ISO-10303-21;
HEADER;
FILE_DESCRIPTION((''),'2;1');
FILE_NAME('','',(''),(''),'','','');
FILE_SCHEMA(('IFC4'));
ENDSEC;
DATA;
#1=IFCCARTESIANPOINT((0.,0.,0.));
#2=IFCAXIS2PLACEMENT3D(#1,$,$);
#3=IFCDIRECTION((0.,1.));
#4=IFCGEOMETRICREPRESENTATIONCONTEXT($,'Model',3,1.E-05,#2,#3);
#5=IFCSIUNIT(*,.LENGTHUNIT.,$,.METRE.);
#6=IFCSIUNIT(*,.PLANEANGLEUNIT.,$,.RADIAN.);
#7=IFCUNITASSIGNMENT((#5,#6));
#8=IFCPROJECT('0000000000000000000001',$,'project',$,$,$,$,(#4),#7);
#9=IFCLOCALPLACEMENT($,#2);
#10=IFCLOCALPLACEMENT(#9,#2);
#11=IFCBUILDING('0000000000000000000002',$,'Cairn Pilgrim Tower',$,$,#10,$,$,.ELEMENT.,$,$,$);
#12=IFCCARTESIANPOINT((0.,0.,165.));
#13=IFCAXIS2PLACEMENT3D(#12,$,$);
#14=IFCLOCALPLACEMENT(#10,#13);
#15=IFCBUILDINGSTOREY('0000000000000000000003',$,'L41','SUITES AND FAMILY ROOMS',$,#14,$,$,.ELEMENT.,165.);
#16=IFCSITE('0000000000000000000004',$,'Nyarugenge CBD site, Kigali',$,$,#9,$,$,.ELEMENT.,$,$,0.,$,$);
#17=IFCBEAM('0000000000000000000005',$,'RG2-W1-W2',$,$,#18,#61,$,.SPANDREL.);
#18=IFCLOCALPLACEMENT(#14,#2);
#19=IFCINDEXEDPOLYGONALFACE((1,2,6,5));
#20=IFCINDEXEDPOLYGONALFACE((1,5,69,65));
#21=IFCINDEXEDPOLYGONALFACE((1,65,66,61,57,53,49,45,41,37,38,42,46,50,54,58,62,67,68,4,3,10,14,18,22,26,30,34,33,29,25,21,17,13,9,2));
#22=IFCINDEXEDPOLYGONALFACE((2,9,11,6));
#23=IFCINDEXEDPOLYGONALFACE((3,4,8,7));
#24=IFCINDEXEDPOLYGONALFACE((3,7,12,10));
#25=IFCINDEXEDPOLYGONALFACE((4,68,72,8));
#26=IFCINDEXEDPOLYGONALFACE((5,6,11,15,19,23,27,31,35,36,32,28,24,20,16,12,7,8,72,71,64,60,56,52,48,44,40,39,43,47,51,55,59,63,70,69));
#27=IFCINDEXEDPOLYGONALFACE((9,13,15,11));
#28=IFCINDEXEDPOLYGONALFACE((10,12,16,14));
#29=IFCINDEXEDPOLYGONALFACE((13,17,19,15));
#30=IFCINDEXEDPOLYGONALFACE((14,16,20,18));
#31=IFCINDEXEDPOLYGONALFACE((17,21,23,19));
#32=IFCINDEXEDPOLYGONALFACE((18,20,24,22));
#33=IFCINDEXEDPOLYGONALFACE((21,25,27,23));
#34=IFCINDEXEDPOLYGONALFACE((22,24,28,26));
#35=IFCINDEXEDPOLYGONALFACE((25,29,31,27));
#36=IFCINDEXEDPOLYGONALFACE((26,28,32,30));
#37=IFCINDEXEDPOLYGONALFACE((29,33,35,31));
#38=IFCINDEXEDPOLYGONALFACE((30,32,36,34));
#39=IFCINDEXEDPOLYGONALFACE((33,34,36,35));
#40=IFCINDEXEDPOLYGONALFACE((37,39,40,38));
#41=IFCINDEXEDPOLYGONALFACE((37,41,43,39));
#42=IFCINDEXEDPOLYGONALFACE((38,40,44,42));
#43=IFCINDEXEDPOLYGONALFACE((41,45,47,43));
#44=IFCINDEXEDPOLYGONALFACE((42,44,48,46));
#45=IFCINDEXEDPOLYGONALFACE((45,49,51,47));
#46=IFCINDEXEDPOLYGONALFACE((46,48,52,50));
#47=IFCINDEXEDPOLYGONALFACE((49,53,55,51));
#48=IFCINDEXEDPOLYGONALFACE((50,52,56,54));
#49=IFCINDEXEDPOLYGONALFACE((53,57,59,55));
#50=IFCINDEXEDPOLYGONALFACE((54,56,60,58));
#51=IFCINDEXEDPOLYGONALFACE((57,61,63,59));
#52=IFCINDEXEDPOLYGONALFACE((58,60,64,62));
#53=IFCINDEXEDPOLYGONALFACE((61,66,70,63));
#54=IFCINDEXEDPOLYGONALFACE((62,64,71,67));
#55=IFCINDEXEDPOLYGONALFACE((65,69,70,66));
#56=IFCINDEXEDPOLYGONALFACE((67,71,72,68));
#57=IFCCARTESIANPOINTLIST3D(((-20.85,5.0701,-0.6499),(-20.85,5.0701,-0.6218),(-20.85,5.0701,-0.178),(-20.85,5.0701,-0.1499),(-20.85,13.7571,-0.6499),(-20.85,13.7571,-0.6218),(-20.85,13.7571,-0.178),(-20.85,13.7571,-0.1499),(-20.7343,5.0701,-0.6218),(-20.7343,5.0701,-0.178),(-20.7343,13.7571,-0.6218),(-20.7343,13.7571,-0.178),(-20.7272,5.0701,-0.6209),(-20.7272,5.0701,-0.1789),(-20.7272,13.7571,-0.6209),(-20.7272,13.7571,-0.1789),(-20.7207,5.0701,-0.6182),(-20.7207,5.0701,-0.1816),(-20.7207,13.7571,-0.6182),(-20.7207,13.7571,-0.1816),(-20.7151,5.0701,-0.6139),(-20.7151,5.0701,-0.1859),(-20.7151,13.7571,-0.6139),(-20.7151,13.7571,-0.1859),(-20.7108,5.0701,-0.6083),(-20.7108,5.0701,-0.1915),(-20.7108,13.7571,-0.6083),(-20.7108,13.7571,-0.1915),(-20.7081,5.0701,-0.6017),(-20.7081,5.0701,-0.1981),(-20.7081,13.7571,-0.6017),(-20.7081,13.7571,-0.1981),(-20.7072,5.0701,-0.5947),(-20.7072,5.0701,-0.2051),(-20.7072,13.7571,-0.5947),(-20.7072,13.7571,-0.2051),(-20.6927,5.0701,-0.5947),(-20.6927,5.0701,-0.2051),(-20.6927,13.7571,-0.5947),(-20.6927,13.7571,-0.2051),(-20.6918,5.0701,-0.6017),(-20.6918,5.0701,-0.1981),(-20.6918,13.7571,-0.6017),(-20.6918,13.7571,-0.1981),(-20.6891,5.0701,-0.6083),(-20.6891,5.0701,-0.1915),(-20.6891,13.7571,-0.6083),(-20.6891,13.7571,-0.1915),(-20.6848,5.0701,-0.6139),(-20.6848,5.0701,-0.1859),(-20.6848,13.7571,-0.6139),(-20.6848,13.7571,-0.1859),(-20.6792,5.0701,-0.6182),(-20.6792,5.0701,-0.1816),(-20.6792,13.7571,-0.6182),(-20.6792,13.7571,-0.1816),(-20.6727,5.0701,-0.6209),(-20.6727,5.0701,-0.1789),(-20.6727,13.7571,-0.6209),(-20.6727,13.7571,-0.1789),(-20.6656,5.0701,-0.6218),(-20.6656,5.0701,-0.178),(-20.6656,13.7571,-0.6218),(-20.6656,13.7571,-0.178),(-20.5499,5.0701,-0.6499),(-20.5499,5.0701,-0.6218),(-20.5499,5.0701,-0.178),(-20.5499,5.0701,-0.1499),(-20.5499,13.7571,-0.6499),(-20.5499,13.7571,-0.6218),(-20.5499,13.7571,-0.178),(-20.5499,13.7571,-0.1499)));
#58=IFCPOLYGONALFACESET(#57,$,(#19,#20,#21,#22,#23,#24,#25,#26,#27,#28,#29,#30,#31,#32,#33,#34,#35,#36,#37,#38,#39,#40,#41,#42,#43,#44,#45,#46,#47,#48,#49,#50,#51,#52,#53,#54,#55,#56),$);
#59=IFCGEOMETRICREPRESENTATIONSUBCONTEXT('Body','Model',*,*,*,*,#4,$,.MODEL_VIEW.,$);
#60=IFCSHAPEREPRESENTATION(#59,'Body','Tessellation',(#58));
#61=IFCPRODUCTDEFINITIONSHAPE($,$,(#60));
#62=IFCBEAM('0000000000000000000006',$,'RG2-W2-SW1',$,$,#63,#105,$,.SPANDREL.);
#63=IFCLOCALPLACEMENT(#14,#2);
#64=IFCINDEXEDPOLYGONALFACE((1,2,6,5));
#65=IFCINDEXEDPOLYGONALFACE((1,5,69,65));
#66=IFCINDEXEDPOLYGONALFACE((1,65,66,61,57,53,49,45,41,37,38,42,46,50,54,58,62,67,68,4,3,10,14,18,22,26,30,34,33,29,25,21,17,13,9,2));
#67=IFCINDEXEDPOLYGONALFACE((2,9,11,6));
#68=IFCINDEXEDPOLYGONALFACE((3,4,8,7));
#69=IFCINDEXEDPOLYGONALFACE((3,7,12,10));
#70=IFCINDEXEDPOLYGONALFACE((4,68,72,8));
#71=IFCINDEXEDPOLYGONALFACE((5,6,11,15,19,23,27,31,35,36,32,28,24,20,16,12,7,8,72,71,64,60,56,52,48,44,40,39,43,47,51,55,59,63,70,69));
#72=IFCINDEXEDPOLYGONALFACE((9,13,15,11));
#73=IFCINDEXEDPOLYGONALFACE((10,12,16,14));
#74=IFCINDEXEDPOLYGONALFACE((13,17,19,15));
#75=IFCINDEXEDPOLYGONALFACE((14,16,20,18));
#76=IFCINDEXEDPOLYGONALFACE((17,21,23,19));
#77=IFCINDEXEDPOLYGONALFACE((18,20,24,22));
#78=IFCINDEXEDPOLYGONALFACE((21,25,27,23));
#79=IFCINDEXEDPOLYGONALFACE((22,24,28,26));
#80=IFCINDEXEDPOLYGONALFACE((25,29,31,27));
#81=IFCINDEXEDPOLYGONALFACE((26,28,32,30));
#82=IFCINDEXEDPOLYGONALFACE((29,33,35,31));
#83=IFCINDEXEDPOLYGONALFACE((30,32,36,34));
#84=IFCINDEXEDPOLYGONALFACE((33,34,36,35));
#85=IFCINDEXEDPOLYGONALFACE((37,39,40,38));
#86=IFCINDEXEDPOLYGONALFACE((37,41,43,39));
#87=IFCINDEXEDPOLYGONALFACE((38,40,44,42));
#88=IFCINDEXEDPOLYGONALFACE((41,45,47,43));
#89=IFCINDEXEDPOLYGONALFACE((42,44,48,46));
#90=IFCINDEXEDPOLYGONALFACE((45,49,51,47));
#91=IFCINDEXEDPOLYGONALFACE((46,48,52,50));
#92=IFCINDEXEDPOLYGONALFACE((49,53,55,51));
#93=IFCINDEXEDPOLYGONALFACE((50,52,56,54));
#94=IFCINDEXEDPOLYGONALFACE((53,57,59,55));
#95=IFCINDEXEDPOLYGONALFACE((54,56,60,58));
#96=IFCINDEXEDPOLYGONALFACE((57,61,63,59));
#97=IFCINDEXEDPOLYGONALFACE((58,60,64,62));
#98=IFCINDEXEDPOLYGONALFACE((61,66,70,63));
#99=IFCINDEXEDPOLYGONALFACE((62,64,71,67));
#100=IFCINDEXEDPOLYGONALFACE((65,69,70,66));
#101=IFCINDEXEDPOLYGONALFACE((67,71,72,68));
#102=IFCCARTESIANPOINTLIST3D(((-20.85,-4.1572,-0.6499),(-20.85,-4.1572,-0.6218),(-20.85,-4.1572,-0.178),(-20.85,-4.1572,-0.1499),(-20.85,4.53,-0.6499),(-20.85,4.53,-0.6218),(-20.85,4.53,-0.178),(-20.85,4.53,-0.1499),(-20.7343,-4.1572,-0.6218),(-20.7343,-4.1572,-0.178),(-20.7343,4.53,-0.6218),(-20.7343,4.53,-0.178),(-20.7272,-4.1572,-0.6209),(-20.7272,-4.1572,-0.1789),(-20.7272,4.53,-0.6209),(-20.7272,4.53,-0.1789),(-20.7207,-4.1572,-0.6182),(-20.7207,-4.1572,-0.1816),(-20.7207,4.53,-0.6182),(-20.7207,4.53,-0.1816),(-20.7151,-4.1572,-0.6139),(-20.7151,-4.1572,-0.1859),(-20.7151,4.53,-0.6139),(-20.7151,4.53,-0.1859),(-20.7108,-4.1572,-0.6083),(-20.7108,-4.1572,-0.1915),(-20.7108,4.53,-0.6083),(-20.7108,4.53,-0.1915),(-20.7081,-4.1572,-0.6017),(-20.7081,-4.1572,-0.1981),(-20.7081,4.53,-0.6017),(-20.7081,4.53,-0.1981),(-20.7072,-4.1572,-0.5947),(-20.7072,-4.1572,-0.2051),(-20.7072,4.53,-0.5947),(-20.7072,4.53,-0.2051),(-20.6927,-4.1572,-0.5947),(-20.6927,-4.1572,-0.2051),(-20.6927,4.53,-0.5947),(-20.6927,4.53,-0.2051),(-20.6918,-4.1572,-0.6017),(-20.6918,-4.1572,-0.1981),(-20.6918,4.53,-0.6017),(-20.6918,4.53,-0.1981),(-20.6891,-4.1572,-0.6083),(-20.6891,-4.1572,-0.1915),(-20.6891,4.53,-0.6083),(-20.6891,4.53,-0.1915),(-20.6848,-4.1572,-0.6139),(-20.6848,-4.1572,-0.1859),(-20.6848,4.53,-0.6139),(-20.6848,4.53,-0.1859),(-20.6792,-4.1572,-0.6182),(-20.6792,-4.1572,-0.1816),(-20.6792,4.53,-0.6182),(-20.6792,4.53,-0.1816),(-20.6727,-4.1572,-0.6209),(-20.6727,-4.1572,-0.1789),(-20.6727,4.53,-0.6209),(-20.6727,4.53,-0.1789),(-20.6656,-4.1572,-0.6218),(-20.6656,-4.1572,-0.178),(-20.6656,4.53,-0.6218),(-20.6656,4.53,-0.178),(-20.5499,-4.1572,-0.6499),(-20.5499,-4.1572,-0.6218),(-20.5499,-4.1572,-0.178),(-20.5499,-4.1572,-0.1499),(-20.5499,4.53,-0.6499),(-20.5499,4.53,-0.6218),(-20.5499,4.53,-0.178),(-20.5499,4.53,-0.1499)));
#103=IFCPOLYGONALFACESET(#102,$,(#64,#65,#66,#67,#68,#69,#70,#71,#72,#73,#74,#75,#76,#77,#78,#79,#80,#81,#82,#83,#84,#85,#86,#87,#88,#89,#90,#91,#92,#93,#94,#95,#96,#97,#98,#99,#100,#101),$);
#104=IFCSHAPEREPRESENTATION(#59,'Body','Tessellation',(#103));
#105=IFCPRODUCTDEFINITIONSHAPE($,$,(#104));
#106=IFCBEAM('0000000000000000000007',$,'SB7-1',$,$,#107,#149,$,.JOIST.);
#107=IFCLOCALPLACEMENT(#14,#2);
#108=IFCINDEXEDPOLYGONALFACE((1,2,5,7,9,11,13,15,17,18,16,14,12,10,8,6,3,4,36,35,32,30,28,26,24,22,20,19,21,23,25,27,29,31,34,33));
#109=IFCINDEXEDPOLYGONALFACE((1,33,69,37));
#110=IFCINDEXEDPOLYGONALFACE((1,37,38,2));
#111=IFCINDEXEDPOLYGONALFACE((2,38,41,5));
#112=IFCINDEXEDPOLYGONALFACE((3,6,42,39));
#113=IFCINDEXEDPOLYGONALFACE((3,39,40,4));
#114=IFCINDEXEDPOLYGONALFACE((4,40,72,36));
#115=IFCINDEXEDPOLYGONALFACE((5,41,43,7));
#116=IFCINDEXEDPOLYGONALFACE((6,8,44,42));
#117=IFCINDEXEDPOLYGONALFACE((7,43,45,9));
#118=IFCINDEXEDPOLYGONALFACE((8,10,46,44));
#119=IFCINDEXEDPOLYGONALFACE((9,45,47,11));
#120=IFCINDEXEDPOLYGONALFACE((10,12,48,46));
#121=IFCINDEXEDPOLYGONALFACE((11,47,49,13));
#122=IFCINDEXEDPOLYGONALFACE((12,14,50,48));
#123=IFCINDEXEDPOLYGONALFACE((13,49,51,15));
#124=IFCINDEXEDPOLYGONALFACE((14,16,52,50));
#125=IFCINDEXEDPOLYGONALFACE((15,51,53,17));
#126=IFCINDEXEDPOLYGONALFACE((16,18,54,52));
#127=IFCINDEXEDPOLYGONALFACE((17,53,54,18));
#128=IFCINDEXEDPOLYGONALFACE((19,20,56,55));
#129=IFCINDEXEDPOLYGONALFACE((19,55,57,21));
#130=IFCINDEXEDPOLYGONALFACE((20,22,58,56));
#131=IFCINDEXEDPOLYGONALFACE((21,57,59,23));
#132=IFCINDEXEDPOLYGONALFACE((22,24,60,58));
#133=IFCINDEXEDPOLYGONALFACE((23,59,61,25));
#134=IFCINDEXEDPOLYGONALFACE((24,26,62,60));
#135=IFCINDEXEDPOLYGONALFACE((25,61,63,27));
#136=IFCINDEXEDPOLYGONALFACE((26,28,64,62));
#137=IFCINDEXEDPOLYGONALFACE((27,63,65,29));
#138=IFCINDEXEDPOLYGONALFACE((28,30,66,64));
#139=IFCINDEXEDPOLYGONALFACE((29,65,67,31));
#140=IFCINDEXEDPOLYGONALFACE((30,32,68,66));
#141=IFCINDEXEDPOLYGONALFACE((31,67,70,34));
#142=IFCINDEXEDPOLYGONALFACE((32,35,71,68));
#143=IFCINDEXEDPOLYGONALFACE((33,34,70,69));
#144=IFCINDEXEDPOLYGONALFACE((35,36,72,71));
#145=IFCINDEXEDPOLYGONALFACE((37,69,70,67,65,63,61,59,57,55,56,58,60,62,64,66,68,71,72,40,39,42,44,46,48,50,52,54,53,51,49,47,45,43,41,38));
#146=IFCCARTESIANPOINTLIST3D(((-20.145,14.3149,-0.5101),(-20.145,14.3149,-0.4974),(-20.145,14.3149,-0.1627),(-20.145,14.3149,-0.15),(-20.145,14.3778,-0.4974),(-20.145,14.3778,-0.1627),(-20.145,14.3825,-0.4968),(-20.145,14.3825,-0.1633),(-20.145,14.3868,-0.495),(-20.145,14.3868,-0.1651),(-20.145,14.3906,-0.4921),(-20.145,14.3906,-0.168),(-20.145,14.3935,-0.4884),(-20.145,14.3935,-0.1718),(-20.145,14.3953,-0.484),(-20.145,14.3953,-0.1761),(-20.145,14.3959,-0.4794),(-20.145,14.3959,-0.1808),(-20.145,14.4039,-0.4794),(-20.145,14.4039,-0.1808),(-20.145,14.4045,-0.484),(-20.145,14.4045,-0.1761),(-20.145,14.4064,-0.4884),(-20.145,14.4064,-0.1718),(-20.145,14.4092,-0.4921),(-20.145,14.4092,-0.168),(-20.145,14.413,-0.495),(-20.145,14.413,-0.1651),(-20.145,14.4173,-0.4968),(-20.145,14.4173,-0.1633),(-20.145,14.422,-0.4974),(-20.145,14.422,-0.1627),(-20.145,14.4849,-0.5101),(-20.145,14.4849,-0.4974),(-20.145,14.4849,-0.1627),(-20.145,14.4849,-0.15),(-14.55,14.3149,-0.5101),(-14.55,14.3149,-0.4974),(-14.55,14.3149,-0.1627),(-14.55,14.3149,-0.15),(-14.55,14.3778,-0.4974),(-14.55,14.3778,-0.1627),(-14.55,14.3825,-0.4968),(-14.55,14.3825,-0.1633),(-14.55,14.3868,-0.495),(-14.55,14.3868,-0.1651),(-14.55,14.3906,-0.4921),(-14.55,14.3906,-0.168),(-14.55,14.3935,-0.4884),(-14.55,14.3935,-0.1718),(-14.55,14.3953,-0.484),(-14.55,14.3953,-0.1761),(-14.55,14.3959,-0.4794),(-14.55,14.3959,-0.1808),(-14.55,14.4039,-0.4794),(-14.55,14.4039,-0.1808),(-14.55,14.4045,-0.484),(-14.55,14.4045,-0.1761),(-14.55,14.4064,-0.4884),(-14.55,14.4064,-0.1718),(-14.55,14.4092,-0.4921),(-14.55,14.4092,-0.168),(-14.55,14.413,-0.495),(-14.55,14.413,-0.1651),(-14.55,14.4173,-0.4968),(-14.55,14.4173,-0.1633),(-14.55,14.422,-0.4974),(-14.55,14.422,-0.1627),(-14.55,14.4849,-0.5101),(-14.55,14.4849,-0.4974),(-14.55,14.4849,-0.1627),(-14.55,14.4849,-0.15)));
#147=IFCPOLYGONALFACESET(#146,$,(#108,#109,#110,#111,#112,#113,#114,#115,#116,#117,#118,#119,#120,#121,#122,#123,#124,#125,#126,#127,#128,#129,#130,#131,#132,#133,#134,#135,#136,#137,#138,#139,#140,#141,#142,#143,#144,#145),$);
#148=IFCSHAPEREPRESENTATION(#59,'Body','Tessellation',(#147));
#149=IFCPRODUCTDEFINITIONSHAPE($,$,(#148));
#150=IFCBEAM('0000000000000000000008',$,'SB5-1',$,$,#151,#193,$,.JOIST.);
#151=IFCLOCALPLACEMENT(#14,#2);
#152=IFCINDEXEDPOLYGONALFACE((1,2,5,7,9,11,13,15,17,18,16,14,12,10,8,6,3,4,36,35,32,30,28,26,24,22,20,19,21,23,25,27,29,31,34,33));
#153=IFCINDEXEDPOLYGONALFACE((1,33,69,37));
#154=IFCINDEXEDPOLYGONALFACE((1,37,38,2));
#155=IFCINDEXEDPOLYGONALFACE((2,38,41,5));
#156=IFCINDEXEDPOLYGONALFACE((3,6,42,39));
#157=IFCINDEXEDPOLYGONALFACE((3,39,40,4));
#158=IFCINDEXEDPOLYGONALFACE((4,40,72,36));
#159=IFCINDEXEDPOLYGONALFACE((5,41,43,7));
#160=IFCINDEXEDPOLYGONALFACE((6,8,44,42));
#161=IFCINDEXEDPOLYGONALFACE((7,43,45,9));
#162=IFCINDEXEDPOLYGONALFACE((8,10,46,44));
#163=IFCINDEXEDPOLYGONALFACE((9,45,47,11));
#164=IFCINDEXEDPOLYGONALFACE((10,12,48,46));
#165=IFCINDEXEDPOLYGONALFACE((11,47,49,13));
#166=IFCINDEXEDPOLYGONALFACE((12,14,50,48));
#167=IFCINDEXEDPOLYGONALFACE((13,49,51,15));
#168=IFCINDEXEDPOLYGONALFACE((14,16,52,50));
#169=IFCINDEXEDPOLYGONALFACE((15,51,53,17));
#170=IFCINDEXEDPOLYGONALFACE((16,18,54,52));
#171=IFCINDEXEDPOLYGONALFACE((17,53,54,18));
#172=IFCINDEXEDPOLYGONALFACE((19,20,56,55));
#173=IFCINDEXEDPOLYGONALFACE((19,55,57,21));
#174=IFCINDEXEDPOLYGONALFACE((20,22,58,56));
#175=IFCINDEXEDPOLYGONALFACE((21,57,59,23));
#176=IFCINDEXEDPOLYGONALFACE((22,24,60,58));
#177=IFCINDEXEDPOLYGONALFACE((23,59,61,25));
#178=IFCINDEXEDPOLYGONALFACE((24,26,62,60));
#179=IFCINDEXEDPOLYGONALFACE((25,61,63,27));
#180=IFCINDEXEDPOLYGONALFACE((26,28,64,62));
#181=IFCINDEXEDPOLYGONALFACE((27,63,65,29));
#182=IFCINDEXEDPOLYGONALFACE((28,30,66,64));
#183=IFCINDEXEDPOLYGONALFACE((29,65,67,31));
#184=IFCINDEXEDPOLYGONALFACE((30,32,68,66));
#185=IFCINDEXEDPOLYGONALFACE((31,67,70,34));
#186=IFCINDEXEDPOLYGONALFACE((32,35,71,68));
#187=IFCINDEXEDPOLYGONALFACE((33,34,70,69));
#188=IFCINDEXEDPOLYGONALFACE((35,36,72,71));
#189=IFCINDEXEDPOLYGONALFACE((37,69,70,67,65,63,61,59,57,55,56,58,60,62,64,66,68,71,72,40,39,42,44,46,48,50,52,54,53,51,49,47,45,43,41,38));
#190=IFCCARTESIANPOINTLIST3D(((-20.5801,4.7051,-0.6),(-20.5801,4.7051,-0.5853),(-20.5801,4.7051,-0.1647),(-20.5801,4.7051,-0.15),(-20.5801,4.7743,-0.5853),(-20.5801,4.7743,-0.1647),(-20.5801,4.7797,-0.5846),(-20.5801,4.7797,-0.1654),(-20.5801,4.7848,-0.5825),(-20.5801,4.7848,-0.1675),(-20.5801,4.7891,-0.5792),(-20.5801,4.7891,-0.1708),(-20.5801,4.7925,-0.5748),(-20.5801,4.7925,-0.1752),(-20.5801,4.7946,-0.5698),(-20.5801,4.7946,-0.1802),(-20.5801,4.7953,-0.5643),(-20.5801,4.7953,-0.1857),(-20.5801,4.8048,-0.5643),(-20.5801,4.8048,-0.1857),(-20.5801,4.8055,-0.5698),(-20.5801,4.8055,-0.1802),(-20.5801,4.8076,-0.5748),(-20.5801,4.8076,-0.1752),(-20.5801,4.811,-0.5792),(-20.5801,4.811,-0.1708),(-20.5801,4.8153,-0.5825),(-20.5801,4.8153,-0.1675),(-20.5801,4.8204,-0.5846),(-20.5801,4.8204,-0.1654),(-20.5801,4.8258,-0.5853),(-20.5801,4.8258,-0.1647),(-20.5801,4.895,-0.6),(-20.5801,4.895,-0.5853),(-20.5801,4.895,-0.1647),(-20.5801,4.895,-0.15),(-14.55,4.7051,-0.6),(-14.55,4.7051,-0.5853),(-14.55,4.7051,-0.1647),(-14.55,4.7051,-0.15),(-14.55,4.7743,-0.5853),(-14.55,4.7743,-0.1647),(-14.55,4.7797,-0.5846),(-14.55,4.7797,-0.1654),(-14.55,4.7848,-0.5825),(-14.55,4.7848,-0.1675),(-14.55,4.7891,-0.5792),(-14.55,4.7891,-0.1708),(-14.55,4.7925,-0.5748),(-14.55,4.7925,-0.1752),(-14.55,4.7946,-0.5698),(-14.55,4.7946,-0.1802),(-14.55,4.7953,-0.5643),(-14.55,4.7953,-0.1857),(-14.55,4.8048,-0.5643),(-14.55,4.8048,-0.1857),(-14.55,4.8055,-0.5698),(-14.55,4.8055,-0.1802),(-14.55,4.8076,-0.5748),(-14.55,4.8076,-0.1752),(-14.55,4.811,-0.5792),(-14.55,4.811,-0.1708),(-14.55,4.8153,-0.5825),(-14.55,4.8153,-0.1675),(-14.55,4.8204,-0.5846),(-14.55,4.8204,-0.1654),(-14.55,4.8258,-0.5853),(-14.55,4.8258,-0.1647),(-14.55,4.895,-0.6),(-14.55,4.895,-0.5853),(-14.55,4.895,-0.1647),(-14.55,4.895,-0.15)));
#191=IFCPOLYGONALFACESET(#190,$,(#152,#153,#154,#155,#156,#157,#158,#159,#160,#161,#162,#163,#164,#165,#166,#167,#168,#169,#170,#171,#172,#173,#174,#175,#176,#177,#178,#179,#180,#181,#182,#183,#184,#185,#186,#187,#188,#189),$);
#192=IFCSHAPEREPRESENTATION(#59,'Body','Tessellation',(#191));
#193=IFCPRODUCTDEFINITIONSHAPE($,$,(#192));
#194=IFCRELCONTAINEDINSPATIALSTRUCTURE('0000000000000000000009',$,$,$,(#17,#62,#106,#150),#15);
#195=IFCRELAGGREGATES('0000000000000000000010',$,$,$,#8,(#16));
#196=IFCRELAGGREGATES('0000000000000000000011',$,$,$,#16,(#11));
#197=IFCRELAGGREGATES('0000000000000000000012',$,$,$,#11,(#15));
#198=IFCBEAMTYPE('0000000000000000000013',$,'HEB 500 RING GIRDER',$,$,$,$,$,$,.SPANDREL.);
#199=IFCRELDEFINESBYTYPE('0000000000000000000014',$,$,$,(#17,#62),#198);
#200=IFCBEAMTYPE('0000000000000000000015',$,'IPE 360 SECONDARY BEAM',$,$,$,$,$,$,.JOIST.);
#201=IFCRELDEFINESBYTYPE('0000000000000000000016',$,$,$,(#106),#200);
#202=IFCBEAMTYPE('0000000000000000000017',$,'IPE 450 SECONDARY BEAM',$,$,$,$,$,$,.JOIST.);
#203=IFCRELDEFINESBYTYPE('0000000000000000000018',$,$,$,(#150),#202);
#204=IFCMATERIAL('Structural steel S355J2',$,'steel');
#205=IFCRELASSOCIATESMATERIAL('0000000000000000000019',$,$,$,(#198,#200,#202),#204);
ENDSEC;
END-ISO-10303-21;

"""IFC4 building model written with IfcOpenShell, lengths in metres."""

from ifc_helpers import new_model, si_unit, direction, frame, origin, origin_2d, place, context, subcontext, project, spatial, i_section, extrude, material, material_profile, profile_set, type_object, element, save


model = new_model("IFC4")

# Units and contexts
model_context = context("Model", 3, precision=1e-05, world=origin(), true_north=direction((0.0, 1.0)))
body_context = subcontext(model_context, "Body", "Model", "MODEL_VIEW")
ifc_project = project(units=[si_unit("LENGTHUNIT", "METRE"), si_unit("PLANEANGLEUNIT", "RADIAN")], contexts=[model_context])

# Site, building, storey
site_placement = place(None, origin())
site = spatial("IfcSite", under=ifc_project, at=site_placement, Name="Nyarugenge CBD site, Kigali", CompositionType="ELEMENT", RefElevation=0.0)
building_placement = place(site_placement, origin())
building = spatial("IfcBuilding", under=site, at=building_placement, Name="Cairn Pilgrim Tower", CompositionType="ELEMENT")
storey_placement = place(building_placement, frame((0.0, 0.0, 165.0)))
storey = spatial("IfcBuildingStorey", under=building, at=storey_placement, Name="L41", Description="SUITES AND FAMILY ROOMS", CompositionType="ELEMENT", Elevation=165.0)

# Shared definitions
ifc_material_1 = material(Name="Structural steel S355J2", Category="steel")

# Beams
ifc_material_profile_1 = material_profile(ifc_material_1, i_section(OverallWidth=0.3, OverallDepth=0.5, WebThickness=0.0144, FlangeThickness=0.0281, FilletRadius=0.0271, at=origin_2d()), Name="HEB 500")
ifc_profile_set_1 = profile_set([ifc_material_profile_1], Name="Structural steel S355J2")
beam_type_1 = type_object("IfcBeamType", Name="HEB 500 RING GIRDER", PredefinedType="SPANDREL", material=ifc_profile_set_1)
beam_1_placement = place(storey_placement, frame((-20.7, 13.7571, -0.3999), z_axis=(0.0, -1.0, 0.0), x_axis=(1.0, 0.0, 0.0)))
element("IfcBeam", 1, at=beam_1_placement, inside=storey, type_object=beam_type_1, Name="RG2-W1-W2", PredefinedType="SPANDREL", context=body_context, shape_type="SweptSolid", body=[
    extrude(i_section(OverallWidth=0.3, OverallDepth=0.5, WebThickness=0.0144, FlangeThickness=0.0281, FilletRadius=0.0271, at=origin_2d()), origin(), (0.0, 0.0, 1.0), 8.687),
])
beam_2_placement = place(storey_placement, frame((-20.7, 4.53, -0.3999), z_axis=(0.0, -1.0, 0.0), x_axis=(1.0, 0.0, 0.0)))
element("IfcBeam", 2, at=beam_2_placement, inside=storey, type_object=beam_type_1, Name="RG2-W2-SW1", PredefinedType="SPANDREL", context=body_context, shape_type="SweptSolid", body=[
    extrude(i_section(OverallWidth=0.3, OverallDepth=0.5, WebThickness=0.0144, FlangeThickness=0.0281, FilletRadius=0.0271, at=origin_2d()), origin(), (0.0, 0.0, 1.0), 8.6873),
])
ifc_material_profile_2 = material_profile(ifc_material_1, i_section(OverallWidth=0.1699, OverallDepth=0.3601, WebThickness=0.0081, FlangeThickness=0.0127, FilletRadius=0.0181, at=origin_2d()), Name="IPE 360")
ifc_profile_set_2 = profile_set([ifc_material_profile_2], Name="Structural steel S355J2")
beam_type_2 = type_object("IfcBeamType", Name="IPE 360 SECONDARY BEAM", PredefinedType="JOIST", material=ifc_profile_set_2)
beam_3_placement = place(storey_placement, frame((-20.145, 14.3999, -0.3301), z_axis=(1.0, 0.0, 0.0), x_axis=(0.0, 1.0, 0.0)))
element("IfcBeam", 3, at=beam_3_placement, inside=storey, type_object=beam_type_2, Name="SB7-1", PredefinedType="JOIST", context=body_context, shape_type="SweptSolid", body=[
    extrude(i_section(OverallWidth=0.1699, OverallDepth=0.3601, WebThickness=0.0081, FlangeThickness=0.0127, FilletRadius=0.0181, at=origin_2d()), origin(), (0.0, 0.0, 1.0), 5.595),
])
ifc_material_profile_3 = material_profile(ifc_material_1, i_section(OverallWidth=0.1899, OverallDepth=0.45, WebThickness=0.0095, FlangeThickness=0.0146, FilletRadius=0.021, at=origin_2d()), Name="IPE 450")
ifc_profile_set_3 = profile_set([ifc_material_profile_3], Name="Structural steel S355J2")
beam_type_3 = type_object("IfcBeamType", Name="IPE 450 SECONDARY BEAM", PredefinedType="JOIST", material=ifc_profile_set_3)
for number, where, z_axis, x_axis, name in (
    (4, (-20.5801, 4.8, -0.375), (1.0, 0.0, 0.0), (0.0, 1.0, 0.0), "SB5-1"),
):
    element("IfcBeam", number, at=place(storey_placement, frame(where, z_axis=z_axis, x_axis=x_axis)), inside=storey, type_object=beam_type_3, Name=name, PredefinedType="JOIST", context=body_context, shape_type="SweptSolid", body=[
        extrude(i_section(OverallWidth=0.1899, OverallDepth=0.45, WebThickness=0.0095, FlangeThickness=0.0146, FilletRadius=0.021, at=origin_2d()), origin(), (0.0, 0.0, 1.0), 6.03),
    ])

save(model, "model.ifc")
